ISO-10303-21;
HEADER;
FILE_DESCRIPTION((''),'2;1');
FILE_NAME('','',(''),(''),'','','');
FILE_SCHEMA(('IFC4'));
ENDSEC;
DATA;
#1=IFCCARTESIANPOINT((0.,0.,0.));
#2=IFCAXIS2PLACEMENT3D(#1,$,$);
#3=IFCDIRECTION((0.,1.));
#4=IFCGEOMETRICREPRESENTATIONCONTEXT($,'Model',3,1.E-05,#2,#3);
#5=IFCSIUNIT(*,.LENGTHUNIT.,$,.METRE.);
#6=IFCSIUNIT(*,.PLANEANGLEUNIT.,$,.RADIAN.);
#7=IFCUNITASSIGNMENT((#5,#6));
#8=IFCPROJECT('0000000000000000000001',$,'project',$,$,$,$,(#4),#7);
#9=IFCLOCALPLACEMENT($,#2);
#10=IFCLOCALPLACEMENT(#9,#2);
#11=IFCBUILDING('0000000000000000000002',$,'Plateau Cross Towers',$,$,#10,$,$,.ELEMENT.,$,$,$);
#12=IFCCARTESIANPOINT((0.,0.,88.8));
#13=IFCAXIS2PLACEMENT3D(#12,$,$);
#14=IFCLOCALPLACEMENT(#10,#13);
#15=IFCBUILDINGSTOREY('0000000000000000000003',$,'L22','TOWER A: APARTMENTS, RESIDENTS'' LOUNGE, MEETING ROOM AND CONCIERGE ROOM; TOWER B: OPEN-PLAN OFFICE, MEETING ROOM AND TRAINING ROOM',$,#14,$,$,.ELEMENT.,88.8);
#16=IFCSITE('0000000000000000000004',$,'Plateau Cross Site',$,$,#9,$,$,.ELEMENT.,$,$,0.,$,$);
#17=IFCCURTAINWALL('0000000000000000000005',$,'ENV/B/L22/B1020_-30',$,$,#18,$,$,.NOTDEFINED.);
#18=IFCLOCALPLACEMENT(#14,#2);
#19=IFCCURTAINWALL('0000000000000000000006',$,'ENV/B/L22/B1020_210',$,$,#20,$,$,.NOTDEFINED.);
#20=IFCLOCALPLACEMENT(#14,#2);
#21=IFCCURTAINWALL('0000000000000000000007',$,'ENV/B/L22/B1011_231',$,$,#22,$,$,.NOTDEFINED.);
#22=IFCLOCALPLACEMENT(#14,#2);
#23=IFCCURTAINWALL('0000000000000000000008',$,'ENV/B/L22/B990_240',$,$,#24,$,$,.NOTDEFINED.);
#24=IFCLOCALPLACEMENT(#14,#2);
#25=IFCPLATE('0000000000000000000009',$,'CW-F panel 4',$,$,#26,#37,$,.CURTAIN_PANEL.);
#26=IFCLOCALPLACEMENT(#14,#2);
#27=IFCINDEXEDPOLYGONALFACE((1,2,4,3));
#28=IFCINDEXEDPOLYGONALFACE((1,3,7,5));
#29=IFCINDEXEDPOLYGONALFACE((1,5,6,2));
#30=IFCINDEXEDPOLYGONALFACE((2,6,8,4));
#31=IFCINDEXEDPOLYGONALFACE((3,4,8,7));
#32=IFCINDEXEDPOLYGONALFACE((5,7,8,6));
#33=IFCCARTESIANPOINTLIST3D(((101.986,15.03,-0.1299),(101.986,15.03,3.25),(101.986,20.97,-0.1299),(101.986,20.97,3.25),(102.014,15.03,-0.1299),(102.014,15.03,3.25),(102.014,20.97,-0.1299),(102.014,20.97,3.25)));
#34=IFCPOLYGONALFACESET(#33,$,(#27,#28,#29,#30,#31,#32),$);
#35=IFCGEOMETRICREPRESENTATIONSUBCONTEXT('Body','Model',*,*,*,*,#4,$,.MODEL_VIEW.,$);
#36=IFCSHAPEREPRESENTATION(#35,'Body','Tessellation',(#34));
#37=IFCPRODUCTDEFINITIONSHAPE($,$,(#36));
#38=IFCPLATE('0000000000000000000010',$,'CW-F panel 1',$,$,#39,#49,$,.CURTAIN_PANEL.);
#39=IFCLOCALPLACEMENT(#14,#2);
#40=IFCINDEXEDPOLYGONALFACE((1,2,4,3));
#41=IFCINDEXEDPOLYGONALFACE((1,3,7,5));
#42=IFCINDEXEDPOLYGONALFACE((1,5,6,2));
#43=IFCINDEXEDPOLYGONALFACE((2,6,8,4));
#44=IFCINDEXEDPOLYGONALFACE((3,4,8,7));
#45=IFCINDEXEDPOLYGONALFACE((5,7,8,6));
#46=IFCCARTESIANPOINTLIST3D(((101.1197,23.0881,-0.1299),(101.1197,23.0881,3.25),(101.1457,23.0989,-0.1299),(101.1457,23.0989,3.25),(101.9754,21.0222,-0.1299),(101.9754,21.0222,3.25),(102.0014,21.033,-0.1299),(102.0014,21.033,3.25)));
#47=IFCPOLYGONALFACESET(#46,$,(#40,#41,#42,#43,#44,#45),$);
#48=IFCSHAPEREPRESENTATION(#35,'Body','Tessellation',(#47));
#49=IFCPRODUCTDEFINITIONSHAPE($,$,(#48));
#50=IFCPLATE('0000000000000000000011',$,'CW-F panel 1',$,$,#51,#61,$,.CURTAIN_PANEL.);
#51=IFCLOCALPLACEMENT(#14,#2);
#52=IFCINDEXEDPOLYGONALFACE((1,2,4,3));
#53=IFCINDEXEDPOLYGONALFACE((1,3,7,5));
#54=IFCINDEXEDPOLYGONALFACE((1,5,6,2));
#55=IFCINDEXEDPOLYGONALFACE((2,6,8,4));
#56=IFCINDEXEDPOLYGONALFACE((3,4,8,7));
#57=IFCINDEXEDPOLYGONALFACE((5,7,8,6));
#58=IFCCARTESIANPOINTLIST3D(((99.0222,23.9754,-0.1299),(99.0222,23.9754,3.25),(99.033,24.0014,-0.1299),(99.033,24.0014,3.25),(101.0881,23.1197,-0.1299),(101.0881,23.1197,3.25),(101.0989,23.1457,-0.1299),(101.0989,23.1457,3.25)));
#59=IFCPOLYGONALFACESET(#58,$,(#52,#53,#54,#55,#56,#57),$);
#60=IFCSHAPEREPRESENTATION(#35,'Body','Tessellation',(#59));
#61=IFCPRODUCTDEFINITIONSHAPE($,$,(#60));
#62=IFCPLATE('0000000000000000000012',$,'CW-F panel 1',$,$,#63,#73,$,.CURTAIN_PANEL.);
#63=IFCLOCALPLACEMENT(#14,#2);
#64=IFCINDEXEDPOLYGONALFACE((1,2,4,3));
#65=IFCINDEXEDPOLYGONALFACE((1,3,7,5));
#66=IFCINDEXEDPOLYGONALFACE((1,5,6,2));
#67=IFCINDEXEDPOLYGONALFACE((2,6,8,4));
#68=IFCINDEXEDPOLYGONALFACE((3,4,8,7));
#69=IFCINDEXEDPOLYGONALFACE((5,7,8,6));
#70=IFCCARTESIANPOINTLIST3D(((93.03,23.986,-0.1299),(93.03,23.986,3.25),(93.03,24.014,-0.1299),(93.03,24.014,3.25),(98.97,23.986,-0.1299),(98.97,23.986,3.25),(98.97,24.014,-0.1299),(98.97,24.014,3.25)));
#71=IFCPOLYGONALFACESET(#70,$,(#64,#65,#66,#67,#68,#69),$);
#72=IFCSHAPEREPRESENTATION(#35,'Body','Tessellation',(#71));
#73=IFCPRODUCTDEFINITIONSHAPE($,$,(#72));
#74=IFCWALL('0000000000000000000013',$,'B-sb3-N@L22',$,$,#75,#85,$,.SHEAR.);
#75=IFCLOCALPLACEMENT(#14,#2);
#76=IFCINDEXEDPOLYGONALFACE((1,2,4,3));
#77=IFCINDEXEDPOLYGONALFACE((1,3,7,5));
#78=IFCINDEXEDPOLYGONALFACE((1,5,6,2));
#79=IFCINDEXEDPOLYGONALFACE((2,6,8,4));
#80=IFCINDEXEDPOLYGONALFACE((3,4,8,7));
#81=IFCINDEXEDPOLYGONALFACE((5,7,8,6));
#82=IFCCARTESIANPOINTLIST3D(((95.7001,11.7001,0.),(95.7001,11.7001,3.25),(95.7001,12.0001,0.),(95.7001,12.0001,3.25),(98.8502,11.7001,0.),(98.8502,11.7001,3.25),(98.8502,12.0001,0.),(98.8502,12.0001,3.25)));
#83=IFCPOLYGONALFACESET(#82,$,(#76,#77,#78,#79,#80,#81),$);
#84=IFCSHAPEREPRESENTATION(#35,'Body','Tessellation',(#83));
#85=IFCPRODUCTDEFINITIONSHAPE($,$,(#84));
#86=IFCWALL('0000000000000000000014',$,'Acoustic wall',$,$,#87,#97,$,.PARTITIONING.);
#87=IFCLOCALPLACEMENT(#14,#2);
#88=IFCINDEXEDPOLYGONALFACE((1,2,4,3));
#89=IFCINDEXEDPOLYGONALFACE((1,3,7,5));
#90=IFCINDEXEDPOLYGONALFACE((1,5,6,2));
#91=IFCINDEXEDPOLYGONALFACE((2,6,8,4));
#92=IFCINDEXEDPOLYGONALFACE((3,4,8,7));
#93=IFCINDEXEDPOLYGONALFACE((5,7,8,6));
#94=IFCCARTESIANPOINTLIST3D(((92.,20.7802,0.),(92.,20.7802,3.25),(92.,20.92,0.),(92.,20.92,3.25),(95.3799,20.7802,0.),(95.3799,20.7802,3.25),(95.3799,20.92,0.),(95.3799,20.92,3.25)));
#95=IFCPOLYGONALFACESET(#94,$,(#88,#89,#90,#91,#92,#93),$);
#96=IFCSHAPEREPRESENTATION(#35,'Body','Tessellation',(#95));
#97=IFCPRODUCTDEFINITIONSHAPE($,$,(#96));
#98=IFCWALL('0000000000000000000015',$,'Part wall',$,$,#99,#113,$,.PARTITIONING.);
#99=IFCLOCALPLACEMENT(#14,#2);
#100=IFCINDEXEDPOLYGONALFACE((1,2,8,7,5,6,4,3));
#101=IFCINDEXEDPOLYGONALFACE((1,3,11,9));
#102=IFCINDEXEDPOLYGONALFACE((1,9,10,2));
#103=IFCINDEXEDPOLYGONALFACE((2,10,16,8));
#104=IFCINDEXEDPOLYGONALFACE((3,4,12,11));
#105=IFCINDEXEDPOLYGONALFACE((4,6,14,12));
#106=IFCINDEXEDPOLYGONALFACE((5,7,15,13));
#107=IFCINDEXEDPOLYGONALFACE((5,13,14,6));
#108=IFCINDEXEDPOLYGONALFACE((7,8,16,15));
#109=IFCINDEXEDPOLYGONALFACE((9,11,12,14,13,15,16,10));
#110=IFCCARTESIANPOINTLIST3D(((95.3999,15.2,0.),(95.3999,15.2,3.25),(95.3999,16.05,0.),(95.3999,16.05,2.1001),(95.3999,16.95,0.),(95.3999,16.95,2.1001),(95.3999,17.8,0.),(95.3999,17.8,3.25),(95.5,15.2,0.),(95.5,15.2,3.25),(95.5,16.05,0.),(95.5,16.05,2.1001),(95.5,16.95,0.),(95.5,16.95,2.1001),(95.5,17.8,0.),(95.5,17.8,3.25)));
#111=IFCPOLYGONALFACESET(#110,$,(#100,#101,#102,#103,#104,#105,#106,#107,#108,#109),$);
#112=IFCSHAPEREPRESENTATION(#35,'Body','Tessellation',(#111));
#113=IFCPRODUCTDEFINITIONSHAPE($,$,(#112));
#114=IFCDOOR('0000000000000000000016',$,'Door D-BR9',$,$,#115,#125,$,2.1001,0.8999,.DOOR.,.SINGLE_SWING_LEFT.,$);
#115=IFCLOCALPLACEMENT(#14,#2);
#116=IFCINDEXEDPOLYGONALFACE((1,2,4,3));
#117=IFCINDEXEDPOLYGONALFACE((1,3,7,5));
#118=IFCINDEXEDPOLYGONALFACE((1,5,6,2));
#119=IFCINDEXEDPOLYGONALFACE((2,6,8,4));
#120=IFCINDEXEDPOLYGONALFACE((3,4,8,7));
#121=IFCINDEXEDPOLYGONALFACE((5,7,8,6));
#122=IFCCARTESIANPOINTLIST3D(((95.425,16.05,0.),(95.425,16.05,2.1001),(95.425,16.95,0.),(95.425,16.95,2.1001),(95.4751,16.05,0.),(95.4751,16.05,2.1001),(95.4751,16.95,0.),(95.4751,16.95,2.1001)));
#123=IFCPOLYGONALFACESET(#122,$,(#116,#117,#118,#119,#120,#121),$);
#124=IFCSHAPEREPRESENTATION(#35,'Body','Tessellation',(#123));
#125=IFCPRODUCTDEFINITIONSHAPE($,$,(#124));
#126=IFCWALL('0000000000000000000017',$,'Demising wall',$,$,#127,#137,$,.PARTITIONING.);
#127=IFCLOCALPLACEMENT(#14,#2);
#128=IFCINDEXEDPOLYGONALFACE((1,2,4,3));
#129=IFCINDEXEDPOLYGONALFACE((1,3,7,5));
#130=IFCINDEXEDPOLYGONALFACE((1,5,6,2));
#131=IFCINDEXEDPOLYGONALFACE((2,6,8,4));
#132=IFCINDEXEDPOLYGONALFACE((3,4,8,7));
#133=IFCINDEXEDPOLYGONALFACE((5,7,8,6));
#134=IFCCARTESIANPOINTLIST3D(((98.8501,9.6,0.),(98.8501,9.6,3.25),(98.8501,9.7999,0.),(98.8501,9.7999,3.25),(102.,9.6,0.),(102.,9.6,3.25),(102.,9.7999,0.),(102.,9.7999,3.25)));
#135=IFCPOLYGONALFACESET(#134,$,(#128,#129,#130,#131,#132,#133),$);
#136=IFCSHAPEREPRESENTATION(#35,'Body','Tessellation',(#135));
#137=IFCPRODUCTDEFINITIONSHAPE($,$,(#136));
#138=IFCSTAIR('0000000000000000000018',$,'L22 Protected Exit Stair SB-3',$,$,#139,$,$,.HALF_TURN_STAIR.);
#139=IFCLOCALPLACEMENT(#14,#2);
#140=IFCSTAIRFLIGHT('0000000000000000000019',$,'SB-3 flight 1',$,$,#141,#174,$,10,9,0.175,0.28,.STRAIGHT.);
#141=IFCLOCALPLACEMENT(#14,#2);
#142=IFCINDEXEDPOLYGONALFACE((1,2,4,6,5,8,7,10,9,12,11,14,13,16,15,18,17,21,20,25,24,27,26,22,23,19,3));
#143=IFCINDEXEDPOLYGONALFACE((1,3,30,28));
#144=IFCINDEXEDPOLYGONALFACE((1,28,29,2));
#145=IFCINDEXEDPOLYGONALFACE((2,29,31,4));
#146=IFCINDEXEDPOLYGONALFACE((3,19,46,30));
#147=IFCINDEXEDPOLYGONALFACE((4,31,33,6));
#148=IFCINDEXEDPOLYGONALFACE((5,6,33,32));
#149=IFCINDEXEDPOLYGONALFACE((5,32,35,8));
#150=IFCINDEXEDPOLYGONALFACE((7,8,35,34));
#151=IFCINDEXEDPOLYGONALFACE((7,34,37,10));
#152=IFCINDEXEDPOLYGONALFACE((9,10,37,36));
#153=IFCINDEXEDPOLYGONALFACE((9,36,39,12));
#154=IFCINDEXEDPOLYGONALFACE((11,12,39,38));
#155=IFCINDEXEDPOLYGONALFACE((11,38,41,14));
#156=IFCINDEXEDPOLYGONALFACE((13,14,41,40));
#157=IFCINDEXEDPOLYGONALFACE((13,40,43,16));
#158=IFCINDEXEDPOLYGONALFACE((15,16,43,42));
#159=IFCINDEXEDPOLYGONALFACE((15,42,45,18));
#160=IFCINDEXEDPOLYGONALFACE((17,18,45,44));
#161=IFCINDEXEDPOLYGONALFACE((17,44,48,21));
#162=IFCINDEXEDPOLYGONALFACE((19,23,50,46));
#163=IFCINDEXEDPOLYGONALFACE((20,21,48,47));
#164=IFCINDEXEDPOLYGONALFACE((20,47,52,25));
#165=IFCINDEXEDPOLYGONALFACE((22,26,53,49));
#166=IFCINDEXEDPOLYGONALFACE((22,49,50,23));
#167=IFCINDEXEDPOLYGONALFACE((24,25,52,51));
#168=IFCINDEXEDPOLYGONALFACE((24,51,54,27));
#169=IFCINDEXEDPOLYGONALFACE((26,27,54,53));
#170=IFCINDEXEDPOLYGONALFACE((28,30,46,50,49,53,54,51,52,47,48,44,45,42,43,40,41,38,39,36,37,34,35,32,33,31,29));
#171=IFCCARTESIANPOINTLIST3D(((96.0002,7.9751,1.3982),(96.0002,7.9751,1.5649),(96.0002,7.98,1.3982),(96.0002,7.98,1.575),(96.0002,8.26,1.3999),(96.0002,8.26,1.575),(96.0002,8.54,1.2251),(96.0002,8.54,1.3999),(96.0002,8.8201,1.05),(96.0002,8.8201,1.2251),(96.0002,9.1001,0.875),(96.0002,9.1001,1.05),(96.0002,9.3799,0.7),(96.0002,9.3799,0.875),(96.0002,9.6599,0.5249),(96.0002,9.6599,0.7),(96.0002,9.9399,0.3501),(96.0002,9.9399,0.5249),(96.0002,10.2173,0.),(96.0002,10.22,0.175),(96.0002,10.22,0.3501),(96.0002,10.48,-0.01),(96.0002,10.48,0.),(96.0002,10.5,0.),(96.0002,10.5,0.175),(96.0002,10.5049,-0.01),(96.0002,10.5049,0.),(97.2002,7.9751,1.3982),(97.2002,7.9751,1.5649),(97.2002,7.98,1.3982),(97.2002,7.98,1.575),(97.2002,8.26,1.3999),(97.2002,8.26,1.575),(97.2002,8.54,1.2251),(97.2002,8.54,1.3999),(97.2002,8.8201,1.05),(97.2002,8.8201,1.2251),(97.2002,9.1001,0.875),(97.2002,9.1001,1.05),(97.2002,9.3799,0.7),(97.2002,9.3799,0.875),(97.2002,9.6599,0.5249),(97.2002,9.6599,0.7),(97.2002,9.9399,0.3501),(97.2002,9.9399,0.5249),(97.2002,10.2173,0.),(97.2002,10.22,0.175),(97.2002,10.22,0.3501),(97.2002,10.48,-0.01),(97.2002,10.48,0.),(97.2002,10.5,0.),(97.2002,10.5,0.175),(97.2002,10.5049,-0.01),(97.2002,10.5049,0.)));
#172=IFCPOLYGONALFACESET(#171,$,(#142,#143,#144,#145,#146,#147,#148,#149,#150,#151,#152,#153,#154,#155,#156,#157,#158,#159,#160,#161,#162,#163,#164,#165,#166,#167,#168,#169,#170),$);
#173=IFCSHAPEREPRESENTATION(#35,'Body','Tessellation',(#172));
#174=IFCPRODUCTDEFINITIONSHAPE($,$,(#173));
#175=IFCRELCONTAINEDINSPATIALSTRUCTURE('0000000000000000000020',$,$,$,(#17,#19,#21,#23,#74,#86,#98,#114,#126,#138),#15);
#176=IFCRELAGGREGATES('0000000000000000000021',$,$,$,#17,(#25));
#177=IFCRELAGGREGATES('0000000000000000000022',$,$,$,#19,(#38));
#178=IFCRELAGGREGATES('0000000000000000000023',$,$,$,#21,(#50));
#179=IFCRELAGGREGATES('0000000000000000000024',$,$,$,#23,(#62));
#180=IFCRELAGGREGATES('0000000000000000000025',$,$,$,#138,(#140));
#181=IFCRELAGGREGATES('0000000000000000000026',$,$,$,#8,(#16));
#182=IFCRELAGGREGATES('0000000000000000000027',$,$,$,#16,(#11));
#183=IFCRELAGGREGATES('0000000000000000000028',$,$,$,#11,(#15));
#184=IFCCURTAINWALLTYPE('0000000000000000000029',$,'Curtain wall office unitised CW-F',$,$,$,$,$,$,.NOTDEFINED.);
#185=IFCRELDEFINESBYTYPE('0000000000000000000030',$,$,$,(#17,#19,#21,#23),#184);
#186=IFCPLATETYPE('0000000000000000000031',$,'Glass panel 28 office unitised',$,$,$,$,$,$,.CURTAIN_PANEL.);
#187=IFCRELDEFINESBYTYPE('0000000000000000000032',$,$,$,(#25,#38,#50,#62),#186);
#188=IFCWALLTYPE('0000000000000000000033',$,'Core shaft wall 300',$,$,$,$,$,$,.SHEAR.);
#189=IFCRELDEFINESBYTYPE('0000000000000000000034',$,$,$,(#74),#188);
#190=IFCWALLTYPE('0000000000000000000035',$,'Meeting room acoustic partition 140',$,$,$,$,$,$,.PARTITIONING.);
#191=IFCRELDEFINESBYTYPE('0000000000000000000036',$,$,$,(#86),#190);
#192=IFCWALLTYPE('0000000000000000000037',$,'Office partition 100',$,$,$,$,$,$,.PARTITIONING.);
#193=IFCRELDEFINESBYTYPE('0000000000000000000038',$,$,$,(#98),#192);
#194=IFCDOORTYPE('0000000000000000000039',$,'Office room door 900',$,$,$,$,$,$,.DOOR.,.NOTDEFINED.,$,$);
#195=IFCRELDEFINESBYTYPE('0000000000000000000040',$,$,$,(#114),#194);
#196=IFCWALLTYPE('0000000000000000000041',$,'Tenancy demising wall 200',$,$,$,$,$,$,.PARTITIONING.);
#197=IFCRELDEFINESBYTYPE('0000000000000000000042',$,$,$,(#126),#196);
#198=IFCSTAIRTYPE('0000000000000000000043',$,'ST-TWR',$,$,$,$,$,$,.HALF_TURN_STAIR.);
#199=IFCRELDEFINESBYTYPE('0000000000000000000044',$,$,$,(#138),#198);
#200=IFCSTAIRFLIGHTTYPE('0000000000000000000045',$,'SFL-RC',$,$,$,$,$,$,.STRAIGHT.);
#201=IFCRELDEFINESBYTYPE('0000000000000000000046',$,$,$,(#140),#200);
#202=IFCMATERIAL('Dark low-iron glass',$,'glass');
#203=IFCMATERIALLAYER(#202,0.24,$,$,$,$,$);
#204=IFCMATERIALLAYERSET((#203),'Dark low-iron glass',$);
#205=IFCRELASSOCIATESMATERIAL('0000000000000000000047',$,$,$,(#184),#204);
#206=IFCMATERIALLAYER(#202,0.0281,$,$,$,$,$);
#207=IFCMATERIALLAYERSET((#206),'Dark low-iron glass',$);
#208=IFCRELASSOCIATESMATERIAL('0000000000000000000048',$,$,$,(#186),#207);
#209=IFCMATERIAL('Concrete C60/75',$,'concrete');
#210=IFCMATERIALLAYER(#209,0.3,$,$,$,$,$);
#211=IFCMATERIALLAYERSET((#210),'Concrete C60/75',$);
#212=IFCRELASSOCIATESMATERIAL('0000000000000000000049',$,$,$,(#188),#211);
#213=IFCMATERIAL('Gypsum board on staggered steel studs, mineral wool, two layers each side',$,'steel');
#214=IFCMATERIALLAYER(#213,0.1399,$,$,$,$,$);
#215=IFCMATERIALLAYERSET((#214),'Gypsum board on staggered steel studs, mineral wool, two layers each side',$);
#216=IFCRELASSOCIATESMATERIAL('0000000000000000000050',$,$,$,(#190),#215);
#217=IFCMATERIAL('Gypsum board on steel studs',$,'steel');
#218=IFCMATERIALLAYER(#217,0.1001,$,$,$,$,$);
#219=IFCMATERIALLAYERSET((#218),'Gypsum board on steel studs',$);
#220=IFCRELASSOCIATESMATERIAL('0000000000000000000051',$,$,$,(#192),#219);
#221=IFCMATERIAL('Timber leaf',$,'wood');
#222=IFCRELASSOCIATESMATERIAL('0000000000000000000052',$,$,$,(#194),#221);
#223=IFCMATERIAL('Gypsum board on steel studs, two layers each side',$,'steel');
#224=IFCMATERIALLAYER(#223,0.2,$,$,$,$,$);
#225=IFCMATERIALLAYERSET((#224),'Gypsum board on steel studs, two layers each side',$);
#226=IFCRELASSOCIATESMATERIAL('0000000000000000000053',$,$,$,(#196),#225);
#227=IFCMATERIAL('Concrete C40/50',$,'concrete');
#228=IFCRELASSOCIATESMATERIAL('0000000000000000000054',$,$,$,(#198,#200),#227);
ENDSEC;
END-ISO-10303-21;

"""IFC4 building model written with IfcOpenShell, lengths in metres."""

from ifc_helpers import new_model, si_unit, direction, frame, frame_2d, origin, origin_2d, place, context, subcontext, project, spatial, polyline, rectangle, outline, extrude, material, layer, layer_set, type_object, element, fill, aggregate, save


model = new_model("IFC4")

# Units and contexts
model_context = context("Model", 3, precision=1e-05, world=origin(), true_north=direction((0.0, 1.0)))
body_context = subcontext(model_context, "Body", "Model", "MODEL_VIEW")
ifc_project = project(units=[si_unit("LENGTHUNIT", "METRE"), si_unit("PLANEANGLEUNIT", "RADIAN")], contexts=[model_context])

# Site, building, storey
site_placement = place(None, origin())
site = spatial("IfcSite", under=ifc_project, at=site_placement, Name="Plateau Cross Site", CompositionType="ELEMENT", RefElevation=0.0)
building_placement = place(site_placement, origin())
building = spatial("IfcBuilding", under=site, at=building_placement, Name="Plateau Cross Towers", CompositionType="ELEMENT")
storey_placement = place(building_placement, frame((0.0, 0.0, 88.8)))
storey = spatial("IfcBuildingStorey", under=building, at=storey_placement, Name="L22", Description="TOWER A: APARTMENTS, RESIDENTS' LOUNGE, MEETING ROOM AND CONCIERGE ROOM; TOWER B: OPEN-PLAN OFFICE, MEETING ROOM AND TRAINING ROOM", CompositionType="ELEMENT", Elevation=88.8)

# Shared definitions
ifc_material_1 = material(Name="Concrete C60/75", Category="concrete")

# Curtain wall
ifc_material_2 = material(Name="Dark low-iron glass", Category="glass")
ifc_layer_1 = layer(ifc_material_2, 0.24)
ifc_layer_set_1 = layer_set([ifc_layer_1], Name="Dark low-iron glass")
curtain_wall_type = type_object("IfcCurtainWallType", Name="Curtain wall office unitised CW-F", PredefinedType="NOTDEFINED", material=ifc_layer_set_1)
curtain_wall_1_placement = place(storey_placement, origin())
curtain_wall_1 = element("IfcCurtainWall", 1, at=curtain_wall_1_placement, inside=storey, type_object=curtain_wall_type, Name="ENV/B/L22/B1020_-30", PredefinedType="NOTDEFINED")

# Curtain walls
curtain_wall_2_placement = place(storey_placement, origin())
curtain_wall_2 = element("IfcCurtainWall", 2, at=curtain_wall_2_placement, inside=storey, type_object=curtain_wall_type, Name="ENV/B/L22/B1020_210", PredefinedType="NOTDEFINED")
curtain_wall_3_placement = place(storey_placement, origin())
curtain_wall_3 = element("IfcCurtainWall", 3, at=curtain_wall_3_placement, inside=storey, type_object=curtain_wall_type, Name="ENV/B/L22/B1011_231", PredefinedType="NOTDEFINED")

# Curtain wall
curtain_wall_4_placement = place(storey_placement, origin())
curtain_wall_4 = element("IfcCurtainWall", 4, at=curtain_wall_4_placement, inside=storey, type_object=curtain_wall_type, Name="ENV/B/L22/B990_240", PredefinedType="NOTDEFINED")

# Plates
ifc_layer_2 = layer(ifc_material_2, 0.0281)
ifc_layer_set_2 = layer_set([ifc_layer_2], Name="Dark low-iron glass")
plate_type = type_object("IfcPlateType", Name="Glass panel 28 office unitised", PredefinedType="CURTAIN_PANEL", material=ifc_layer_set_2)
plate_1_placement = place(storey_placement, frame((102.0, 18.0, -0.1299), z_axis=(0.0, 0.0, 1.0), x_axis=(0.0, 1.0, 0.0)))
plate_1 = element("IfcPlate", 5, at=plate_1_placement, type_object=plate_type, Name="CW-F panel 4", PredefinedType="CURTAIN_PANEL", context=body_context, shape_type="SweptSolid", body=[
    extrude(rectangle(XDim=5.9399, YDim=0.0281, at=origin_2d()), origin(), (0.0, 0.0, 1.0), 3.3799),
])
aggregate(curtain_wall_1, [plate_1])
plate_2_placement = place(storey_placement, frame((101.5605, 22.0605, -0.1299), z_axis=(0.0, 0.0, 1.0), x_axis=(-0.382684, 0.923879, 0.0)))
plate_2 = element("IfcPlate", 6, at=plate_2_placement, type_object=plate_type, Name="CW-F panel 1", PredefinedType="CURTAIN_PANEL", context=body_context, shape_type="SweptSolid", body=[
    extrude(rectangle(XDim=2.2361, YDim=0.0281, at=origin_2d()), origin(), (0.0, 0.0, 1.0), 3.3799),
])
aggregate(curtain_wall_2, [plate_2])
plate_3_placement = place(storey_placement, frame((100.0605, 23.5605, -0.1299), z_axis=(0.0, 0.0, 1.0), x_axis=(-0.923879, 0.382684, 0.0)))
plate_3 = element("IfcPlate", 7, at=plate_3_placement, type_object=plate_type, Name="CW-F panel 1", PredefinedType="CURTAIN_PANEL", context=body_context, shape_type="SweptSolid", body=[
    extrude(rectangle(XDim=2.2361, YDim=0.0281, at=origin_2d()), origin(), (0.0, 0.0, 1.0), 3.3799),
])
aggregate(curtain_wall_3, [plate_3])
plate_4_placement = place(storey_placement, frame((96.0, 24.0, -0.1299), z_axis=(0.0, 0.0, 1.0), x_axis=(-1.0, 0.0, 0.0)))
plate_4 = element("IfcPlate", 8, at=plate_4_placement, type_object=plate_type, Name="CW-F panel 1", PredefinedType="CURTAIN_PANEL", context=body_context, shape_type="SweptSolid", body=[
    extrude(rectangle(XDim=5.9399, YDim=0.0281, at=origin_2d()), origin(), (0.0, 0.0, 1.0), 3.3799),
])
aggregate(curtain_wall_4, [plate_4])

# Wall
ifc_layer_3 = layer(ifc_material_1, 0.3)
ifc_layer_set_3 = layer_set([ifc_layer_3], Name="Concrete C60/75")
wall_type_1 = type_object("IfcWallType", Name="Core shaft wall 300", PredefinedType="SHEAR", material=ifc_layer_set_3)
wall_1_placement = place(storey_placement, frame((95.7, 11.8501, 0.0), z_axis=(0.0, 0.0, 1.0), x_axis=(1.0, 0.0, 0.0)))
element("IfcWall", 9, at=wall_1_placement, inside=storey, type_object=wall_type_1, Name="B-sb3-N@L22", PredefinedType="SHEAR", context=body_context, shape_type="SweptSolid", body=[
    extrude(rectangle(XDim=3.1501, YDim=0.3, at=frame_2d((1.5752, 0.0))), origin(), (0.0, 0.0, 1.0), 3.25),
])

# Shared definitions
ifc_material_3 = material(Name="Gypsum board on staggered steel studs, mineral wool, two layers each side", Category="steel")
ifc_layer_4 = layer(ifc_material_3, 0.1399)
ifc_layer_set_4 = layer_set([ifc_layer_4], Name="Gypsum board on staggered steel studs, mineral wool, two layers each side")
wall_type_2 = type_object("IfcWallType", Name="Meeting room acoustic partition 140", PredefinedType="PARTITIONING", material=ifc_layer_set_4)

# Wall
wall_2_placement = place(storey_placement, frame((92.0, 20.8501, 0.0), z_axis=(0.0, 0.0, 1.0), x_axis=(1.0, 0.0, 0.0)))
element("IfcWall", 10, at=wall_2_placement, inside=storey, type_object=wall_type_2, Name="Acoustic wall", PredefinedType="PARTITIONING", context=body_context, shape_type="SweptSolid", body=[
    extrude(rectangle(XDim=3.3799, YDim=0.1399, at=frame_2d((1.6899, 0.0))), origin(), (0.0, 0.0, 1.0), 3.25),
])

# Wall, opening, door
ifc_material_4 = material(Name="Gypsum board on steel studs", Category="steel")
ifc_layer_5 = layer(ifc_material_4, 0.1001)
ifc_layer_set_5 = layer_set([ifc_layer_5], Name="Gypsum board on steel studs")
wall_type_3 = type_object("IfcWallType", Name="Office partition 100", PredefinedType="PARTITIONING", material=ifc_layer_set_5)
wall_3_placement = place(storey_placement, frame((95.45, 15.2, 0.0), z_axis=(0.0, 0.0, 1.0), x_axis=(0.0, 1.0, 0.0)))
wall_3 = element("IfcWall", 11, at=wall_3_placement, inside=storey, type_object=wall_type_3, Name="Part wall", PredefinedType="PARTITIONING", context=body_context, shape_type="SweptSolid", body=[
    extrude(rectangle(XDim=2.6001, YDim=0.1001, at=frame_2d((1.3, 0.0))), origin(), (0.0, 0.0, 1.0), 3.25),
])
opening_1_placement = place(wall_3_placement, frame((0.8501, 0.0, 0.0)))
opening_1 = element("IfcOpeningElement", 12, at=opening_1_placement, cuts=wall_3, PredefinedType="OPENING", context=body_context, shape_type="SweptSolid", body=[
    extrude(rectangle(XDim=0.8999, YDim=2.1001, at=frame_2d((0.45, 1.05))), frame((0.0, 0.0601, 0.0), z_axis=(0.0, -1.0, 0.0), x_axis=(1.0, 0.0, 0.0)), (0.0, 0.0, 1.0), 0.1201),
])
ifc_material_5 = material(Name="Timber leaf", Category="wood")
door_type_1 = type_object("IfcDoorType", Name="Office room door 900", OperationType="NOTDEFINED", PredefinedType="DOOR", material=ifc_material_5)
door_1_placement = place(opening_1_placement, origin())
door_1 = element("IfcDoor", 13, at=door_1_placement, inside=storey, type_object=door_type_1, Name="Door D-BR9", OperationType="SINGLE_SWING_LEFT", OverallHeight=2.1001, OverallWidth=0.8999, PredefinedType="DOOR", context=body_context, shape_type="SweptSolid", body=[
    extrude(rectangle(XDim=0.8999, YDim=2.1001, at=frame_2d((0.45, 1.05))), frame((0.0, 0.0249, 0.0), z_axis=(0.0, -1.0, 0.0), x_axis=(1.0, 0.0, 0.0)), (0.0, 0.0, 1.0), 0.05),
])
fill(opening_1, door_1)

# Wall
ifc_material_6 = material(Name="Gypsum board on steel studs, two layers each side", Category="steel")
ifc_layer_6 = layer(ifc_material_6, 0.2)
ifc_layer_set_6 = layer_set([ifc_layer_6], Name="Gypsum board on steel studs, two layers each side")
wall_type_4 = type_object("IfcWallType", Name="Tenancy demising wall 200", PredefinedType="PARTITIONING", material=ifc_layer_set_6)
wall_4_placement = place(storey_placement, frame((98.8501, 9.7, 0.0), z_axis=(0.0, 0.0, 1.0), x_axis=(1.0, 0.0, 0.0)))
element("IfcWall", 14, at=wall_4_placement, inside=storey, type_object=wall_type_4, Name="Demising wall", PredefinedType="PARTITIONING", context=body_context, shape_type="SweptSolid", body=[
    extrude(rectangle(XDim=3.1499, YDim=0.2, at=frame_2d((1.575, 0.0))), origin(), (0.0, 0.0, 1.0), 3.25),
])

# Stair, stair flight
ifc_material_7 = material(Name="Concrete C40/50", Category="concrete")
stair_type = type_object("IfcStairType", Name="ST-TWR", PredefinedType="HALF_TURN_STAIR", material=ifc_material_7)
stair_placement = place(storey_placement, origin())
stair = element("IfcStair", 15, at=stair_placement, inside=storey, type_object=stair_type, Name="L22 Protected Exit Stair SB-3", PredefinedType="HALF_TURN_STAIR")
stair_flight_type = type_object("IfcStairFlightType", Name="SFL-RC", PredefinedType="STRAIGHT", material=ifc_material_7)
stair_flight_1_placement = place(storey_placement, frame((96.6001, 10.5, 0.0), z_axis=(0.0, 0.0, 1.0), x_axis=(0.0, -1.0, 0.0)))
stair_flight_1 = element("IfcStairFlight", 16, at=stair_flight_1_placement, type_object=stair_flight_type, Name="SB-3 flight 1", NumberOfRisers=10, NumberOfTreads=9, PredefinedType="STRAIGHT", RiserHeight=0.175, TreadLength=0.28, context=body_context, shape_type="SweptSolid", body=[
    extrude(outline(polyline([(-0.0049, -0.01), (-0.0049, 0.0), (0.0, 0.0), (0.0, 0.175), (0.28, 0.175), (0.28, 0.3501), (0.5601, 0.3501), (0.5601, 0.5249), (0.8401, 0.5249), (0.8401, 0.7), (1.1201, 0.7), (1.1201, 0.875), (1.3999, 0.875), (1.3999, 1.05), (1.6799, 1.05), (1.6799, 1.2251), (1.96, 1.2251), (1.96, 1.3999), (2.24, 1.3999), (2.24, 1.575), (2.52, 1.575), (2.5249, 1.5649), (2.5249, 1.3982), (2.52, 1.3982), (0.2827, 0.0), (0.02, 0.0), (0.02, -0.01), (-0.0049, -0.01)])), frame((0.0, 0.6001, 0.0), z_axis=(0.0, -1.0, 0.0), x_axis=(1.0, 0.0, 0.0)), (0.0, 0.0, 1.0), 1.2),
])
aggregate(stair, [stair_flight_1])

save(model, "model.ifc")
